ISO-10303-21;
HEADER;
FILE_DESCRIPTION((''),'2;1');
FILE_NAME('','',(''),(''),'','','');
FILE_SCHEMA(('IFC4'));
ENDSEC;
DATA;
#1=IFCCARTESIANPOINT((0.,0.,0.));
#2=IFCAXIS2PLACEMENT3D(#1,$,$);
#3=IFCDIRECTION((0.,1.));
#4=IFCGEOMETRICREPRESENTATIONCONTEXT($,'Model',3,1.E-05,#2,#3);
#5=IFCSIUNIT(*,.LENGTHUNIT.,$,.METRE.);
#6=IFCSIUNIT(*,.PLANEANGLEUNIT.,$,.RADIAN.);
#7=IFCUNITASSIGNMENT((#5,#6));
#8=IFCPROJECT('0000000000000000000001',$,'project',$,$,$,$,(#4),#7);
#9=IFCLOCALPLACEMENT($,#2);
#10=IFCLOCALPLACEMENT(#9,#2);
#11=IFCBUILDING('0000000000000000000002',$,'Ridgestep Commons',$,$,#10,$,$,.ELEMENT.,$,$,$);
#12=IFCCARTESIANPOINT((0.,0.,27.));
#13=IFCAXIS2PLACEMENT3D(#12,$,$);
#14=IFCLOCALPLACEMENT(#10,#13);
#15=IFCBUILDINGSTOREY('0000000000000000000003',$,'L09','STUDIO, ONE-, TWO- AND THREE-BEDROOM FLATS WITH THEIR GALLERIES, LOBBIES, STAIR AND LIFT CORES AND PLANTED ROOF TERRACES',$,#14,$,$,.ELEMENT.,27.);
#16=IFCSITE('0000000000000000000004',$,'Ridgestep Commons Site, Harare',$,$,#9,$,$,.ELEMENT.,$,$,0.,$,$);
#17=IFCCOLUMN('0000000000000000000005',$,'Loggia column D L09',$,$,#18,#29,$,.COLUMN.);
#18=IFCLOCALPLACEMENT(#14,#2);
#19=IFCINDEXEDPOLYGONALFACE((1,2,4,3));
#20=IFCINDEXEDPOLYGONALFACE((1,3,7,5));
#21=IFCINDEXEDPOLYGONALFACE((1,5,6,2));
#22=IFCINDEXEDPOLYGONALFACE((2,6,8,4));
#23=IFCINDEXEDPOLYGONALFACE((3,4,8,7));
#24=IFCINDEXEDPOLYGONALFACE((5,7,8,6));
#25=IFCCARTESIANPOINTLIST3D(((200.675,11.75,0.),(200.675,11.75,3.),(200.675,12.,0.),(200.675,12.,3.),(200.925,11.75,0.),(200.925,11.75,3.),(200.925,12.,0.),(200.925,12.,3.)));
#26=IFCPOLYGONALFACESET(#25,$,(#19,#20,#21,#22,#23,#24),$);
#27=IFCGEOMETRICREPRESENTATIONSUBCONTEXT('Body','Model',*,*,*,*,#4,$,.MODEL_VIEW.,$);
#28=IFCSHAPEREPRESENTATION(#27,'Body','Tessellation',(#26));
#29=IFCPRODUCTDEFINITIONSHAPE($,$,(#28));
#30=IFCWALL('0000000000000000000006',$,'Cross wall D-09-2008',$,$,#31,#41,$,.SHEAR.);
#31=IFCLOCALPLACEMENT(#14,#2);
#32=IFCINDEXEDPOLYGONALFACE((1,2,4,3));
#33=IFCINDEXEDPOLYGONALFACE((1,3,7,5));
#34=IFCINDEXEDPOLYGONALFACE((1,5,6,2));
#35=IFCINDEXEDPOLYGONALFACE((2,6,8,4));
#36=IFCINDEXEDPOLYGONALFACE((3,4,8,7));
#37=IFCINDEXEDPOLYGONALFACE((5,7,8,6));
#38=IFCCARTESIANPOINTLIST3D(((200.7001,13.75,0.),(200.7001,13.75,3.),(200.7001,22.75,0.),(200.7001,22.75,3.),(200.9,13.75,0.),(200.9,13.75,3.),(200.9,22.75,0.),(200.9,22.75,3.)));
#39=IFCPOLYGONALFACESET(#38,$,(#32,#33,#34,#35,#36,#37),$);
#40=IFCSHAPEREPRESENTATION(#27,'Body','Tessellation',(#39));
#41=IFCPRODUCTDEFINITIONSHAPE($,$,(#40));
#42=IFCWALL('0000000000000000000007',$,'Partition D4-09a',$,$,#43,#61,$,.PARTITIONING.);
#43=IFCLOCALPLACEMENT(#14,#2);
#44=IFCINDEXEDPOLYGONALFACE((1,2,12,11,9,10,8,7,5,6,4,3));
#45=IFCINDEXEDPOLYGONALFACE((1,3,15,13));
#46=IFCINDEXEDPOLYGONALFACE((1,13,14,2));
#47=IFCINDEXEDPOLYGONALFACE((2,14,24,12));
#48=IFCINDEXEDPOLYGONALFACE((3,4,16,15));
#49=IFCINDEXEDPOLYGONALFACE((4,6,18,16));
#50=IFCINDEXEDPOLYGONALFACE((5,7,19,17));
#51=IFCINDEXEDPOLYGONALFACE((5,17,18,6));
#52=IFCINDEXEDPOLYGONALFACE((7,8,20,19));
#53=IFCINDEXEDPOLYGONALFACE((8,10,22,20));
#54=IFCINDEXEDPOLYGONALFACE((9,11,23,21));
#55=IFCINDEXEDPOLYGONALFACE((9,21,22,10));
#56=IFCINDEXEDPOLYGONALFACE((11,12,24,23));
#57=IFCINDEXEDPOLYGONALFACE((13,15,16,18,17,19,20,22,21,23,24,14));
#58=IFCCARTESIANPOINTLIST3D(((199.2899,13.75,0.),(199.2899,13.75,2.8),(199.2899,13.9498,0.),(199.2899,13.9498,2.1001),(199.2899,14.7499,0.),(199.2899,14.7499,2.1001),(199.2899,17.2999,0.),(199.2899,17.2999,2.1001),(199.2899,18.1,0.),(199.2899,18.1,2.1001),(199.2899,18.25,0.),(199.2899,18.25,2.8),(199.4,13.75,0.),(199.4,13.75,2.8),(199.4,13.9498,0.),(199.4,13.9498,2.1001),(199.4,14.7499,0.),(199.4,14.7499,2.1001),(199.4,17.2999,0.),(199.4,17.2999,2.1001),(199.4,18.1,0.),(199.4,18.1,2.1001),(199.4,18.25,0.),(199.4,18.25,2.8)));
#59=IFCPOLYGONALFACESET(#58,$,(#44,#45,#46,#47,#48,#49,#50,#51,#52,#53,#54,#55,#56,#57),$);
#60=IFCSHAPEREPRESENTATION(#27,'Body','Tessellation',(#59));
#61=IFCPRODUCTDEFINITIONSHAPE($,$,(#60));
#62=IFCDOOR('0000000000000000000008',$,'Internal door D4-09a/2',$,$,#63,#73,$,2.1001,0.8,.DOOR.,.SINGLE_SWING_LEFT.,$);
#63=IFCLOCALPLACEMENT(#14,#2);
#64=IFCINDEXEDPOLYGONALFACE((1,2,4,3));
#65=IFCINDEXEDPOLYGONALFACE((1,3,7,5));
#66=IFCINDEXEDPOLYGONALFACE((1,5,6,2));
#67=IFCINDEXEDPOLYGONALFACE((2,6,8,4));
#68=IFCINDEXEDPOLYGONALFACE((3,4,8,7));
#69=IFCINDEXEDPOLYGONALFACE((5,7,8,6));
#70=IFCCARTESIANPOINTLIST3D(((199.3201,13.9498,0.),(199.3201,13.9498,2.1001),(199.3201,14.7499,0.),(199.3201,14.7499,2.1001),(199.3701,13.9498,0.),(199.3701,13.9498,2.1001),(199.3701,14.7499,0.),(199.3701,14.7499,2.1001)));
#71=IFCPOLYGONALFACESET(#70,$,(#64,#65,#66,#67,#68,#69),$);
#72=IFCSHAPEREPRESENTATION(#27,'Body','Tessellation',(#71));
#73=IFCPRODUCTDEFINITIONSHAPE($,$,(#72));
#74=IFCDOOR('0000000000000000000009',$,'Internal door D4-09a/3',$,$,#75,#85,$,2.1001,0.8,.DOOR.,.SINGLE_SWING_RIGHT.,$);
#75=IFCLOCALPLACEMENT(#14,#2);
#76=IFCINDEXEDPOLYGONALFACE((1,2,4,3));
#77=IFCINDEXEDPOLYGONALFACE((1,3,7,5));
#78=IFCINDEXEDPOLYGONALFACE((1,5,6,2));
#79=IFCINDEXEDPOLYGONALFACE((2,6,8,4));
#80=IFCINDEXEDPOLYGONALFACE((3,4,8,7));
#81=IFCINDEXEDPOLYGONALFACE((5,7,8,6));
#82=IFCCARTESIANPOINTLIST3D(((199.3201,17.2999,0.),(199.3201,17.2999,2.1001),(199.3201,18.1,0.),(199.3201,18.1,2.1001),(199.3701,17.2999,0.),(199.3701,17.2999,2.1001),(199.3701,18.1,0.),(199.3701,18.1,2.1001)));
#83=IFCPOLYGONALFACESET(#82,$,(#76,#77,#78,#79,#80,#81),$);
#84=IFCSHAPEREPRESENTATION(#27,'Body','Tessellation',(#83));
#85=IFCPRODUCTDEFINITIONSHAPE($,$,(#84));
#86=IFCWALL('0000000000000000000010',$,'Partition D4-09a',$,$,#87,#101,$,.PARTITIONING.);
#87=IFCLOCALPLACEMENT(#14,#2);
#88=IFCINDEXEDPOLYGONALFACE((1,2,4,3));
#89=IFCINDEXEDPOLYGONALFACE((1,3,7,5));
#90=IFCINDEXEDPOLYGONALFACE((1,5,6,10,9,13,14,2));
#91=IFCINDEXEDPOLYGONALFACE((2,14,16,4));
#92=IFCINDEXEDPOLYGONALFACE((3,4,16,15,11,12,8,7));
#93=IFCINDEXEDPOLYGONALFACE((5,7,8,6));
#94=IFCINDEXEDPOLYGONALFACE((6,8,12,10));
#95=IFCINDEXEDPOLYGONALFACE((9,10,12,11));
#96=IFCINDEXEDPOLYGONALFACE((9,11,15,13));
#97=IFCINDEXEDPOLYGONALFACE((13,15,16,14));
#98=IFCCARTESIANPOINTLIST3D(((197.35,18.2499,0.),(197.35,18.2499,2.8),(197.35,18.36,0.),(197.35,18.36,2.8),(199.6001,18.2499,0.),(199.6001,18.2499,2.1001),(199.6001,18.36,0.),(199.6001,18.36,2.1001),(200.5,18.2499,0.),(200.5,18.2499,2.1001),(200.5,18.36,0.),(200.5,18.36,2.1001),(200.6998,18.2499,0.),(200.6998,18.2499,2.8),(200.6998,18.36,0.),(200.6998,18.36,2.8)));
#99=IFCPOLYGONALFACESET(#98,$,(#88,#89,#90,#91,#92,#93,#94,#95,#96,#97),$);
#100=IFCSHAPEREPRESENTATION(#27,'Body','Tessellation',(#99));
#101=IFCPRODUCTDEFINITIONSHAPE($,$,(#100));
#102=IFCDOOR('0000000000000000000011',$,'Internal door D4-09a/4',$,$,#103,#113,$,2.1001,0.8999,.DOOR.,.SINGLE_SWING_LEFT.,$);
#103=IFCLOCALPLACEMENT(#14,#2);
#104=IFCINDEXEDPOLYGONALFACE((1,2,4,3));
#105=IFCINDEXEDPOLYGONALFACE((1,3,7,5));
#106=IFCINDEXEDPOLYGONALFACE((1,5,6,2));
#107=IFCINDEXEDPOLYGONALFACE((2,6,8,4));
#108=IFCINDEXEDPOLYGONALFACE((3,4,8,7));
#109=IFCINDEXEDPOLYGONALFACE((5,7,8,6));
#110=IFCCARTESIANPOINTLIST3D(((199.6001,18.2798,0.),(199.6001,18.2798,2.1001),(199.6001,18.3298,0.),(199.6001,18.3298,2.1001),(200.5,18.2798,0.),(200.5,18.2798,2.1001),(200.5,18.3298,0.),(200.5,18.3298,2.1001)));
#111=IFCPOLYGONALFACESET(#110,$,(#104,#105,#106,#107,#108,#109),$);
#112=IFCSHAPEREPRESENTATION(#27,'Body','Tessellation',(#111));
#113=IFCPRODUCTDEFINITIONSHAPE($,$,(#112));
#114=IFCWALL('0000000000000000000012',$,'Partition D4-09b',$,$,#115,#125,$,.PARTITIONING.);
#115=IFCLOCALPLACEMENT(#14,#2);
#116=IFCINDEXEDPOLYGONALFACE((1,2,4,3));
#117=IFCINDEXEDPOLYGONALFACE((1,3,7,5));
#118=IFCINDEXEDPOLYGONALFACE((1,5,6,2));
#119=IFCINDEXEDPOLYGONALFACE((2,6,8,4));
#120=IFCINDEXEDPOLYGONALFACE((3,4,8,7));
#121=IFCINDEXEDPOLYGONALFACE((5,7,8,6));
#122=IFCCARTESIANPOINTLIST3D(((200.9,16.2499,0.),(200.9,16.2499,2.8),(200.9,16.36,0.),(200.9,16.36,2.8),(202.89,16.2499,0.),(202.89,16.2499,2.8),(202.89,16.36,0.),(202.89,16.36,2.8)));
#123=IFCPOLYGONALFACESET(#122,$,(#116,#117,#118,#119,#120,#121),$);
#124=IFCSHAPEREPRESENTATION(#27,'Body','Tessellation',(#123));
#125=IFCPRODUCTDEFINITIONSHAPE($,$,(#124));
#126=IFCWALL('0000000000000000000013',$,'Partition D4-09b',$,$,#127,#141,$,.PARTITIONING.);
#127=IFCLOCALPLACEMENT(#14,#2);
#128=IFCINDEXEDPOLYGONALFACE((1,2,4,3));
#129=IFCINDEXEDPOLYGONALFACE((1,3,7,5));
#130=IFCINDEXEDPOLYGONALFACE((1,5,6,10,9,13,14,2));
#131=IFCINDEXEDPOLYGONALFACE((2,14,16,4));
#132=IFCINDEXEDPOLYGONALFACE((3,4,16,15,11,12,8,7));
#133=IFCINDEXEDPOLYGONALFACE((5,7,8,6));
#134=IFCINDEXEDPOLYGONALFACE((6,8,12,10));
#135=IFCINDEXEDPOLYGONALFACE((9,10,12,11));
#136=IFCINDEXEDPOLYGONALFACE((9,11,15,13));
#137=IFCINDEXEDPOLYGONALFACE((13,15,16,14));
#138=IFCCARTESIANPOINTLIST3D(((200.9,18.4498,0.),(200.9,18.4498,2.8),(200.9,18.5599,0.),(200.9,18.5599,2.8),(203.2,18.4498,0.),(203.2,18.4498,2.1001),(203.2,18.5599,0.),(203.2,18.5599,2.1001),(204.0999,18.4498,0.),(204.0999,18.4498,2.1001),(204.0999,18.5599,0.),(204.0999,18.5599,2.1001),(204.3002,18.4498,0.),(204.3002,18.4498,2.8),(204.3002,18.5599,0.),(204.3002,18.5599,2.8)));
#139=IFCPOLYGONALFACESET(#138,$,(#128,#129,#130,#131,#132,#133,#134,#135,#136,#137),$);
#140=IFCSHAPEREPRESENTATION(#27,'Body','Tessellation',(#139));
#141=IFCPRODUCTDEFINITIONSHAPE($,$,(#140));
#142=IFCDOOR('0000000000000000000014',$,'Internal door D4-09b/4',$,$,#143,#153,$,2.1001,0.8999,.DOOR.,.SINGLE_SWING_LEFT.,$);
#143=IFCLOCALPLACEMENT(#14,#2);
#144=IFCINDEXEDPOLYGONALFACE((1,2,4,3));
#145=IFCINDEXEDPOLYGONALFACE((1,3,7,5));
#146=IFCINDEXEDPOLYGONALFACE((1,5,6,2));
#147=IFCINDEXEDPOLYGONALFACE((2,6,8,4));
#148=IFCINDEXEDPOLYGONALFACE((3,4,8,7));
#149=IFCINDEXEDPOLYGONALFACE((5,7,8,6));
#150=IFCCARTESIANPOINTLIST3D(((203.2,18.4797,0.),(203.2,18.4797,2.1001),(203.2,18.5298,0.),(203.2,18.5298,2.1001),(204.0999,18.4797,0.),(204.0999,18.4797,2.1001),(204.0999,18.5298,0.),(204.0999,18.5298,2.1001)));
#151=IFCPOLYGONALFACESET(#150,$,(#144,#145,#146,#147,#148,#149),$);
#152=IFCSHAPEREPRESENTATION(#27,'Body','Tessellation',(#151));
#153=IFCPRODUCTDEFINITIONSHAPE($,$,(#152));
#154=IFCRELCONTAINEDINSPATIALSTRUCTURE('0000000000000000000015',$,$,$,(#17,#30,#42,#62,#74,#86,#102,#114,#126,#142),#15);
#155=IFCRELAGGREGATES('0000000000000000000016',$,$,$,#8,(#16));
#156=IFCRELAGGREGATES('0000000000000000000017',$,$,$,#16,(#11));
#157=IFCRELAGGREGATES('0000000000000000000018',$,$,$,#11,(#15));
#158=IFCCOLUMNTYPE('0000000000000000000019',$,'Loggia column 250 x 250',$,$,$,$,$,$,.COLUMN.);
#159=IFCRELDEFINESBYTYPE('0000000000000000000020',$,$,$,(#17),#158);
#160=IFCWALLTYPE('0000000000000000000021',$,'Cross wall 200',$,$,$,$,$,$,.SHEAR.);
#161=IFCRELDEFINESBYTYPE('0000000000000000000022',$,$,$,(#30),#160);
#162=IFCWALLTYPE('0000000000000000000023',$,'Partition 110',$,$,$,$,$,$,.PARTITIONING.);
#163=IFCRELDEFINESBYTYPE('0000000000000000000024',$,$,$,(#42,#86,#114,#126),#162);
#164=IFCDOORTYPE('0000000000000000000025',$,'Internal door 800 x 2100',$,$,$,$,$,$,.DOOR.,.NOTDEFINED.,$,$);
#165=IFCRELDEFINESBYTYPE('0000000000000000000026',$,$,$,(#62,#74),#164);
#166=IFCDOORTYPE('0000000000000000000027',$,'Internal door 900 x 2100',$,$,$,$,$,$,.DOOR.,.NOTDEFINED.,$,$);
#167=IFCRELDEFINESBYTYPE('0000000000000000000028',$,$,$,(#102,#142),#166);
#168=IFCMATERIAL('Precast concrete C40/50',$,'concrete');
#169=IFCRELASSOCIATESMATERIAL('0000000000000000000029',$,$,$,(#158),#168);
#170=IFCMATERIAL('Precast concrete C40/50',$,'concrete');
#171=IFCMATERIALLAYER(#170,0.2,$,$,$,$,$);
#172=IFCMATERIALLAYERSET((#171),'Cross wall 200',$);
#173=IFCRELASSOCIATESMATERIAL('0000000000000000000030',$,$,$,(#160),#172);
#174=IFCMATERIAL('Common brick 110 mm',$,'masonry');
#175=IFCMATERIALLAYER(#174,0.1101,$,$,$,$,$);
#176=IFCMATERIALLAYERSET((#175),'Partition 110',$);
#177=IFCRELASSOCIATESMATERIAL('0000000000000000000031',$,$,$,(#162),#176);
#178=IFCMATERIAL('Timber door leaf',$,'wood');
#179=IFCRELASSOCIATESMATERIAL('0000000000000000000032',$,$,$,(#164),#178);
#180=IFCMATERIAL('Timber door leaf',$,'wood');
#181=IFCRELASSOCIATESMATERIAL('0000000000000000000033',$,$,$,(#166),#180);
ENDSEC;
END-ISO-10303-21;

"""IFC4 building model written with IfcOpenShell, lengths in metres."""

from ifc_helpers import new_model, si_unit, direction, frame, frame_2d, origin, origin_2d, place, context, subcontext, project, spatial, rectangle, extrude, material, layer, layer_set, material_profile, profile_set, type_object, element, fill, save


model = new_model("IFC4")

# Units and contexts
model_context = context("Model", 3, precision=1e-05, world=origin(), true_north=direction((0.0, 1.0)))
body_context = subcontext(model_context, "Body", "Model", "MODEL_VIEW")
ifc_project = project(units=[si_unit("LENGTHUNIT", "METRE"), si_unit("PLANEANGLEUNIT", "RADIAN")], contexts=[model_context])

# Site, building, storey
site_placement = place(None, origin())
site = spatial("IfcSite", under=ifc_project, at=site_placement, Name="Ridgestep Commons Site, Harare", CompositionType="ELEMENT", RefElevation=0.0)
building_placement = place(site_placement, origin())
building = spatial("IfcBuilding", under=site, at=building_placement, Name="Ridgestep Commons", CompositionType="ELEMENT")
storey_placement = place(building_placement, frame((0.0, 0.0, 27.0)))
storey = spatial("IfcBuildingStorey", under=building, at=storey_placement, Name="L09", Description="STUDIO, ONE-, TWO- AND THREE-BEDROOM FLATS WITH THEIR GALLERIES, LOBBIES, STAIR AND LIFT CORES AND PLANTED ROOF TERRACES", CompositionType="ELEMENT", Elevation=27.0)

# Column
ifc_material_1 = material(Name="Precast concrete C40/50", Category="concrete")
ifc_material_profile = material_profile(ifc_material_1, rectangle(XDim=0.25, YDim=0.25, at=origin_2d()), Name="PC 250x250")
ifc_profile_set = profile_set([ifc_material_profile], Name="Precast concrete C40/50")
column_type = type_object("IfcColumnType", Name="Loggia column 250 x 250", PredefinedType="COLUMN", material=ifc_profile_set)
column_placement = place(storey_placement, frame((200.8, 11.875, 0.0), z_axis=(0.0, 0.0, 1.0), x_axis=(1.0, 0.0, 0.0)))
element("IfcColumn", 1, at=column_placement, inside=storey, type_object=column_type, Name="Loggia column D L09", PredefinedType="COLUMN", context=body_context, shape_type="SweptSolid", body=[
    extrude(rectangle(XDim=0.25, YDim=0.25, at=origin_2d()), origin(), (0.0, 0.0, 1.0), 3.0),
])

# Wall
ifc_material_2 = material(Name="Precast concrete C40/50", Category="concrete")
ifc_layer_1 = layer(ifc_material_2, 0.2)
ifc_layer_set_1 = layer_set([ifc_layer_1], Name="Cross wall 200")
wall_type_1 = type_object("IfcWallType", Name="Cross wall 200", PredefinedType="SHEAR", material=ifc_layer_set_1)
wall_1_placement = place(storey_placement, frame((200.8, 13.75, 0.0), z_axis=(0.0, 0.0, 1.0), x_axis=(0.0, 1.0, 0.0)))
element("IfcWall", 2, at=wall_1_placement, inside=storey, type_object=wall_type_1, Name="Cross wall D-09-2008", PredefinedType="SHEAR", context=body_context, shape_type="SweptSolid", body=[
    extrude(rectangle(XDim=9.0, YDim=0.2, at=frame_2d((4.5, 0.0))), origin(), (0.0, 0.0, 1.0), 3.0),
])

# Wall, openings, doors
ifc_material_3 = material(Name="Common brick 110 mm", Category="masonry")
ifc_layer_2 = layer(ifc_material_3, 0.1101)
ifc_layer_set_2 = layer_set([ifc_layer_2], Name="Partition 110")
wall_type_2 = type_object("IfcWallType", Name="Partition 110", PredefinedType="PARTITIONING", material=ifc_layer_set_2)
wall_2_placement = place(storey_placement, frame((199.345, 13.75, 0.0), z_axis=(0.0, 0.0, 1.0), x_axis=(0.0, 1.0, 0.0)))
wall_2 = element("IfcWall", 3, at=wall_2_placement, inside=storey, type_object=wall_type_2, Name="Partition D4-09a", PredefinedType="PARTITIONING", context=body_context, shape_type="SweptSolid", body=[
    extrude(rectangle(XDim=4.5, YDim=0.1101, at=frame_2d((2.25, 0.0))), origin(), (0.0, 0.0, 1.0), 2.8),
])
opening_1_placement = place(wall_2_placement, frame((0.2, 0.0, 0.0)))
opening_1 = element("IfcOpeningElement", 4, at=opening_1_placement, cuts=wall_2, PredefinedType="OPENING", context=body_context, shape_type="SweptSolid", body=[
    extrude(rectangle(XDim=0.8, YDim=2.1001, at=frame_2d((0.3999, 1.05))), frame((0.0, 0.0649, 0.0), z_axis=(0.0, -1.0, 0.0), x_axis=(1.0, 0.0, 0.0)), (0.0, 0.0, 1.0), 0.1301),
])
opening_2_placement = place(wall_2_placement, frame((3.55, 0.0, 0.0)))
opening_2 = element("IfcOpeningElement", 5, at=opening_2_placement, cuts=wall_2, PredefinedType="OPENING", context=body_context, shape_type="SweptSolid", body=[
    extrude(rectangle(XDim=0.8, YDim=2.1001, at=frame_2d((0.3999, 1.05))), frame((0.0, 0.0649, 0.0), z_axis=(0.0, -1.0, 0.0), x_axis=(1.0, 0.0, 0.0)), (0.0, 0.0, 1.0), 0.1301),
])
ifc_material_4 = material(Name="Timber door leaf", Category="wood")
door_type_1 = type_object("IfcDoorType", Name="Internal door 800 x 2100", OperationType="NOTDEFINED", PredefinedType="DOOR", material=ifc_material_4)
door_1_placement = place(opening_1_placement, origin())
door_1 = element("IfcDoor", 6, at=door_1_placement, inside=storey, type_object=door_type_1, Name="Internal door D4-09a/2", OperationType="SINGLE_SWING_LEFT", OverallHeight=2.1001, OverallWidth=0.8, PredefinedType="DOOR", context=body_context, shape_type="SweptSolid", body=[
    extrude(rectangle(XDim=0.8, YDim=2.1001, at=frame_2d((0.3999, 1.05))), frame((0.0, 0.0249, 0.0), z_axis=(0.0, -1.0, 0.0), x_axis=(1.0, 0.0, 0.0)), (0.0, 0.0, 1.0), 0.05),
])
fill(opening_1, door_1)
door_2_placement = place(opening_2_placement, origin())
door_2 = element("IfcDoor", 7, at=door_2_placement, inside=storey, type_object=door_type_1, Name="Internal door D4-09a/3", OperationType="SINGLE_SWING_RIGHT", OverallHeight=2.1001, OverallWidth=0.8, PredefinedType="DOOR", context=body_context, shape_type="SweptSolid", body=[
    extrude(rectangle(XDim=0.8, YDim=2.1001, at=frame_2d((0.3999, 1.05))), frame((0.0, 0.0249, 0.0), z_axis=(0.0, -1.0, 0.0), x_axis=(1.0, 0.0, 0.0)), (0.0, 0.0, 1.0), 0.05),
])
fill(opening_2, door_2)

# Wall, opening, door
wall_3_placement = place(storey_placement, frame((197.3501, 18.3049, 0.0), z_axis=(0.0, 0.0, 1.0), x_axis=(1.0, 0.0, 0.0)))
wall_3 = element("IfcWall", 8, at=wall_3_placement, inside=storey, type_object=wall_type_2, Name="Partition D4-09a", PredefinedType="PARTITIONING", context=body_context, shape_type="SweptSolid", body=[
    extrude(rectangle(XDim=3.3499, YDim=0.1101, at=frame_2d((1.6748, 0.0))), origin(), (0.0, 0.0, 1.0), 2.8),
])
opening_3_placement = place(wall_3_placement, frame((2.25, 0.0, 0.0)))
opening_3 = element("IfcOpeningElement", 9, at=opening_3_placement, cuts=wall_3, PredefinedType="OPENING", context=body_context, shape_type="SweptSolid", body=[
    extrude(rectangle(XDim=0.8999, YDim=2.1001, at=frame_2d((0.45, 1.05))), frame((0.0, 0.0649, 0.0), z_axis=(0.0, -1.0, 0.0), x_axis=(1.0, 0.0, 0.0)), (0.0, 0.0, 1.0), 0.1301),
])
ifc_material_5 = material(Name="Timber door leaf", Category="wood")
door_type_2 = type_object("IfcDoorType", Name="Internal door 900 x 2100", OperationType="NOTDEFINED", PredefinedType="DOOR", material=ifc_material_5)
door_3_placement = place(opening_3_placement, origin())
door_3 = element("IfcDoor", 10, at=door_3_placement, inside=storey, type_object=door_type_2, Name="Internal door D4-09a/4", OperationType="SINGLE_SWING_LEFT", OverallHeight=2.1001, OverallWidth=0.8999, PredefinedType="DOOR", context=body_context, shape_type="SweptSolid", body=[
    extrude(rectangle(XDim=0.8999, YDim=2.1001, at=frame_2d((0.45, 1.05))), frame((0.0, 0.0249, 0.0), z_axis=(0.0, -1.0, 0.0), x_axis=(1.0, 0.0, 0.0)), (0.0, 0.0, 1.0), 0.05),
])
fill(opening_3, door_3)

# Wall
wall_4_placement = place(storey_placement, frame((200.8999, 16.3049, 0.0), z_axis=(0.0, 0.0, 1.0), x_axis=(1.0, 0.0, 0.0)))
element("IfcWall", 11, at=wall_4_placement, inside=storey, type_object=wall_type_2, Name="Partition D4-09b", PredefinedType="PARTITIONING", context=body_context, shape_type="SweptSolid", body=[
    extrude(rectangle(XDim=1.99, YDim=0.1101, at=frame_2d((0.9951, 0.0))), origin(), (0.0, 0.0, 1.0), 2.8),
])

# Wall, opening, door
wall_5_placement = place(storey_placement, frame((200.8999, 18.5049, 0.0), z_axis=(0.0, 0.0, 1.0), x_axis=(1.0, 0.0, 0.0)))
wall_5 = element("IfcWall", 12, at=wall_5_placement, inside=storey, type_object=wall_type_2, Name="Partition D4-09b", PredefinedType="PARTITIONING", context=body_context, shape_type="SweptSolid", body=[
    extrude(rectangle(XDim=3.4001, YDim=0.1101, at=frame_2d((1.7002, 0.0))), origin(), (0.0, 0.0, 1.0), 2.8),
])
opening_4_placement = place(wall_5_placement, frame((2.3, 0.0, 0.0)))
opening_4 = element("IfcOpeningElement", 13, at=opening_4_placement, cuts=wall_5, PredefinedType="OPENING", context=body_context, shape_type="SweptSolid", body=[
    extrude(rectangle(XDim=0.8999, YDim=2.1001, at=frame_2d((0.45, 1.05))), frame((0.0, 0.0649, 0.0), z_axis=(0.0, -1.0, 0.0), x_axis=(1.0, 0.0, 0.0)), (0.0, 0.0, 1.0), 0.1301),
])
door_4_placement = place(opening_4_placement, origin())
door_4 = element("IfcDoor", 14, at=door_4_placement, inside=storey, type_object=door_type_2, Name="Internal door D4-09b/4", OperationType="SINGLE_SWING_LEFT", OverallHeight=2.1001, OverallWidth=0.8999, PredefinedType="DOOR", context=body_context, shape_type="SweptSolid", body=[
    extrude(rectangle(XDim=0.8999, YDim=2.1001, at=frame_2d((0.45, 1.05))), frame((0.0, 0.0249, 0.0), z_axis=(0.0, -1.0, 0.0), x_axis=(1.0, 0.0, 0.0)), (0.0, 0.0, 1.0), 0.05),
])
fill(opening_4, door_4)

save(model, "model.ifc")
